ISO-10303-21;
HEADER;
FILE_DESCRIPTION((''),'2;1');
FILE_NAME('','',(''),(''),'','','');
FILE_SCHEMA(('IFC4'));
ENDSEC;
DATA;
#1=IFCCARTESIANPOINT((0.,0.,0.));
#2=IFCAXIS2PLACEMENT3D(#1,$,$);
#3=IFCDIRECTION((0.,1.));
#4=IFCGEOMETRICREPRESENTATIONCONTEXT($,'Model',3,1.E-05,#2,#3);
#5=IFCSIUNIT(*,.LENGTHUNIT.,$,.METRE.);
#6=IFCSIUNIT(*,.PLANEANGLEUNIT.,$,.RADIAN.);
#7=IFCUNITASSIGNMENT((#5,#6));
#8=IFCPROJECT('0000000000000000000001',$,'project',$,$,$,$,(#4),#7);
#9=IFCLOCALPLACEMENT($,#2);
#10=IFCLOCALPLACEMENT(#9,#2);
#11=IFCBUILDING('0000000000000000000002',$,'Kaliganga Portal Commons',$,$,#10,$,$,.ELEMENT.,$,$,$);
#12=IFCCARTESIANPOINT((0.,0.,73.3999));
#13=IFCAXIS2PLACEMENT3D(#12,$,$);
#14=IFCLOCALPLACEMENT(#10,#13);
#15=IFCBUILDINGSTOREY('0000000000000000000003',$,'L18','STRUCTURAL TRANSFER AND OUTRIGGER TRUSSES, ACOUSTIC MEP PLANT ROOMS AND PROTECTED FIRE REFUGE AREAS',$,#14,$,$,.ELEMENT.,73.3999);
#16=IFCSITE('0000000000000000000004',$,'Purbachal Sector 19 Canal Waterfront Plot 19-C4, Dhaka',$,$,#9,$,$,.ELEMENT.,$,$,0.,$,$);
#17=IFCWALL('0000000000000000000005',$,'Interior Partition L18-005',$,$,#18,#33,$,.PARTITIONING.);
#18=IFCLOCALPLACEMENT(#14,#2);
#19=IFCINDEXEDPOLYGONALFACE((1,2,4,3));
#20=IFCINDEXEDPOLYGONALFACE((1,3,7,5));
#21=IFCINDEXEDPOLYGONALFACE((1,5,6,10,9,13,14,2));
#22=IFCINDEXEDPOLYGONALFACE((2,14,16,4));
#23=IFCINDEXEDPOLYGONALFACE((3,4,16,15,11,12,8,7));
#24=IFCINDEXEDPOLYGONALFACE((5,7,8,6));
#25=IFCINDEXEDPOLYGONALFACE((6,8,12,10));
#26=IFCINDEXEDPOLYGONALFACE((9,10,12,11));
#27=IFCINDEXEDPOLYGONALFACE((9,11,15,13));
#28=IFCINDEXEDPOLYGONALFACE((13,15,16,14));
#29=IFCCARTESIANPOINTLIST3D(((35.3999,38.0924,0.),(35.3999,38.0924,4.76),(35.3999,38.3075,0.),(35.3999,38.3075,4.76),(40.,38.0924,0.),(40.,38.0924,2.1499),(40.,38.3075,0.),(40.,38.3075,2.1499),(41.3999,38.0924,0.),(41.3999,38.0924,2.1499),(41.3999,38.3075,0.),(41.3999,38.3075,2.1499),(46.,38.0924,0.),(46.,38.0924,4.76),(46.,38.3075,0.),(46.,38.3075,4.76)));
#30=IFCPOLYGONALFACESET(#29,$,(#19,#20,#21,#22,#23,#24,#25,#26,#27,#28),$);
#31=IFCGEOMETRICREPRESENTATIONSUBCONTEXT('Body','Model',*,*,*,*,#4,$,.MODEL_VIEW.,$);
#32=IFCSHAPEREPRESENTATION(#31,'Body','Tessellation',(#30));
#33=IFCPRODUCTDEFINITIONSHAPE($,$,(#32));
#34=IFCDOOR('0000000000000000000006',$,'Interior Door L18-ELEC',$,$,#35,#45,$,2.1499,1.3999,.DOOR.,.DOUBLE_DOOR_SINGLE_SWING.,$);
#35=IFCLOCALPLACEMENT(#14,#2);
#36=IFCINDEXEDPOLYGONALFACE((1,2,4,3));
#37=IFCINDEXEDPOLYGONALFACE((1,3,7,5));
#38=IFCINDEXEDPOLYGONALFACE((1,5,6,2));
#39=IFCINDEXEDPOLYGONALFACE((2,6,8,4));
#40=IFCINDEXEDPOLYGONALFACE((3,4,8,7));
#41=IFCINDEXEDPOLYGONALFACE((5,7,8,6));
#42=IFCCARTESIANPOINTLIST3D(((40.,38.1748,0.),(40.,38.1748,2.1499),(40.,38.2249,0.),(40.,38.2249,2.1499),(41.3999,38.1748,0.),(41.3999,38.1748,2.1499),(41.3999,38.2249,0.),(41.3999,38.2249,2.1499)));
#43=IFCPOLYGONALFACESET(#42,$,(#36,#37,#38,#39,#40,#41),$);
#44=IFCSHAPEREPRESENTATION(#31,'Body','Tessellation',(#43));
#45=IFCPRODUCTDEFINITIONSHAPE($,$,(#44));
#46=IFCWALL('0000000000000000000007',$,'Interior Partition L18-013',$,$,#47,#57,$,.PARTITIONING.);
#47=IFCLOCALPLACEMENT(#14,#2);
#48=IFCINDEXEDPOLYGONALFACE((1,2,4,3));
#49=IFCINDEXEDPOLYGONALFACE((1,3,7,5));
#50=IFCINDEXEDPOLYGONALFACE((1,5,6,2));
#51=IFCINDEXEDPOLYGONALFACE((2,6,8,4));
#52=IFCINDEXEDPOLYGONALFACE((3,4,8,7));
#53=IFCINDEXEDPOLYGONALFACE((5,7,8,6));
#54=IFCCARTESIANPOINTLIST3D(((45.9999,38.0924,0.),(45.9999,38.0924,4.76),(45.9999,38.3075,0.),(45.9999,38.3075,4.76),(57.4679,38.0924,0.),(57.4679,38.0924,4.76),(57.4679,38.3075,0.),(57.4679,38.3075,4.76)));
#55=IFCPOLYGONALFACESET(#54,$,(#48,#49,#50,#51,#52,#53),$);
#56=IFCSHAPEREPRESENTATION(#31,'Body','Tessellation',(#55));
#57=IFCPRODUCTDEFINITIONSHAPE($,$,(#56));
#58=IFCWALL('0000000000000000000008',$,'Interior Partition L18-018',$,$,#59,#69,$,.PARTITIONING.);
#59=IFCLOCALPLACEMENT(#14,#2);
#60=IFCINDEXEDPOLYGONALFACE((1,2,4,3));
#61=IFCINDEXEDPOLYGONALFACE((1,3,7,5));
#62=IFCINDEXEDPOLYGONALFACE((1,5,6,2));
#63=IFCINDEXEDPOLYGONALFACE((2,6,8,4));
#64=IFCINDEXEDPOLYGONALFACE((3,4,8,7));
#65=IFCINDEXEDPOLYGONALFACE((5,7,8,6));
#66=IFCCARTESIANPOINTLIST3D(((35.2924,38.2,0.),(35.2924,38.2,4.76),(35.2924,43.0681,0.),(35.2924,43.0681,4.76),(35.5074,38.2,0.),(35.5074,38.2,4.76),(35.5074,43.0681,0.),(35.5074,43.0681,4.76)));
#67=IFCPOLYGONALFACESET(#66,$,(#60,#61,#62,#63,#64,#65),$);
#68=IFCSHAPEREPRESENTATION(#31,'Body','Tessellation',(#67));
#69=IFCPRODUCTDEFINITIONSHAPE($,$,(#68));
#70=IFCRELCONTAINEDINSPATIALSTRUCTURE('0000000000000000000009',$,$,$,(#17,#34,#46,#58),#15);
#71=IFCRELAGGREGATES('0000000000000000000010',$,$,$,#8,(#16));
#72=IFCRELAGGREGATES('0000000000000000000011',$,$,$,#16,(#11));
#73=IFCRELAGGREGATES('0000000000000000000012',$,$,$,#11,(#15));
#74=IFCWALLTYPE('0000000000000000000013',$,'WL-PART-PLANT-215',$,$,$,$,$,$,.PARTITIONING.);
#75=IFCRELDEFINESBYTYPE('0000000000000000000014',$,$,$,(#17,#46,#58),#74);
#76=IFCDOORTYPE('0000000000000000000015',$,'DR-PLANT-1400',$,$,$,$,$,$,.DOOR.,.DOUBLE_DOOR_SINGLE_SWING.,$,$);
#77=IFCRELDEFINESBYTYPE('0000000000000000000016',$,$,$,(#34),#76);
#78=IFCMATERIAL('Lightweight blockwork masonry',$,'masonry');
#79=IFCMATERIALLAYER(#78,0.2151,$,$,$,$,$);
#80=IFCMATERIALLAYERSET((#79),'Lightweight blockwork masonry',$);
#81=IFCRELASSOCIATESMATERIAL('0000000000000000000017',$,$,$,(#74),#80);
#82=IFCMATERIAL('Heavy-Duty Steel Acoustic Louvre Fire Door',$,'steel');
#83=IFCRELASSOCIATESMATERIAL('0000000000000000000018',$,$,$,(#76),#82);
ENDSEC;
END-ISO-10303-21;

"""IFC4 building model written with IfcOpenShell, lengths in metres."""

from ifc_helpers import new_model, si_unit, direction, frame, frame_2d, origin, place, context, subcontext, project, spatial, rectangle, extrude, material, layer, layer_set, type_object, element, fill, save


model = new_model("IFC4")

# Units and contexts
model_context = context("Model", 3, precision=1e-05, world=origin(), true_north=direction((0.0, 1.0)))
body_context = subcontext(model_context, "Body", "Model", "MODEL_VIEW")
ifc_project = project(units=[si_unit("LENGTHUNIT", "METRE"), si_unit("PLANEANGLEUNIT", "RADIAN")], contexts=[model_context])

# Site, building, storey
site_placement = place(None, origin())
site = spatial("IfcSite", under=ifc_project, at=site_placement, Name="Purbachal Sector 19 Canal Waterfront Plot 19-C4, Dhaka", CompositionType="ELEMENT", RefElevation=0.0)
building_placement = place(site_placement, origin())
building = spatial("IfcBuilding", under=site, at=building_placement, Name="Kaliganga Portal Commons", CompositionType="ELEMENT")
storey_placement = place(building_placement, frame((0.0, 0.0, 73.3999)))
storey = spatial("IfcBuildingStorey", under=building, at=storey_placement, Name="L18", Description="STRUCTURAL TRANSFER AND OUTRIGGER TRUSSES, ACOUSTIC MEP PLANT ROOMS AND PROTECTED FIRE REFUGE AREAS", CompositionType="ELEMENT", Elevation=73.3999)

# Wall, opening, door
ifc_material_1 = material(Name="Lightweight blockwork masonry", Category="masonry")
ifc_layer_1 = layer(ifc_material_1, 0.2151)
ifc_layer_set_1 = layer_set([ifc_layer_1], Name="Lightweight blockwork masonry")
wall_type_1 = type_object("IfcWallType", Name="WL-PART-PLANT-215", PredefinedType="PARTITIONING", material=ifc_layer_set_1)
wall_1_placement = place(storey_placement, frame((35.3999, 38.2, 0.0), z_axis=(0.0, 0.0, 1.0), x_axis=(1.0, 0.0, 0.0)))
wall_1 = element("IfcWall", 1, at=wall_1_placement, inside=storey, type_object=wall_type_1, Name="Interior Partition L18-005", PredefinedType="PARTITIONING", context=body_context, shape_type="SweptSolid", body=[
    extrude(rectangle(XDim=10.6001, YDim=0.2151, at=frame_2d((5.3, 0.0))), origin(), (0.0, 0.0, 1.0), 4.76),
])
opening_placement = place(wall_1_placement, frame((4.6001, 0.0, 0.0)))
opening = element("IfcOpeningElement", 2, at=opening_placement, cuts=wall_1, PredefinedType="OPENING", context=body_context, shape_type="SweptSolid", body=[
    extrude(rectangle(XDim=1.3999, YDim=2.1499, at=frame_2d((0.7, 1.075))), frame((0.0, 0.1177, 0.0), z_axis=(0.0, -1.0, 0.0), x_axis=(1.0, 0.0, 0.0)), (0.0, 0.0, 1.0), 0.2351),
])
ifc_material_2 = material(Name="Heavy-Duty Steel Acoustic Louvre Fire Door", Category="steel")
door_type = type_object("IfcDoorType", Name="DR-PLANT-1400", OperationType="DOUBLE_DOOR_SINGLE_SWING", PredefinedType="DOOR", material=ifc_material_2)
door_placement = place(opening_placement, origin())
door = element("IfcDoor", 3, at=door_placement, inside=storey, type_object=door_type, Name="Interior Door L18-ELEC", OperationType="DOUBLE_DOOR_SINGLE_SWING", OverallHeight=2.1499, OverallWidth=1.3999, PredefinedType="DOOR", context=body_context, shape_type="SweptSolid", body=[
    extrude(rectangle(XDim=1.3999, YDim=2.1499, at=frame_2d((0.7, 1.075))), frame((0.0, 0.0249, 0.0), z_axis=(0.0, -1.0, 0.0), x_axis=(1.0, 0.0, 0.0)), (0.0, 0.0, 1.0), 0.05),
])
fill(opening, door)

# Walls
wall_2_placement = place(storey_placement, frame((46.0, 38.2, 0.0), z_axis=(0.0, 0.0, 1.0), x_axis=(1.0, 0.0, 0.0)))
element("IfcWall", 4, at=wall_2_placement, inside=storey, type_object=wall_type_1, Name="Interior Partition L18-013", PredefinedType="PARTITIONING", context=body_context, shape_type="SweptSolid", body=[
    extrude(rectangle(XDim=11.468, YDim=0.2151, at=frame_2d((5.7339, 0.0))), origin(), (0.0, 0.0, 1.0), 4.76),
])
wall_3_placement = place(storey_placement, frame((35.3999, 38.2, 0.0), z_axis=(0.0, 0.0, 1.0), x_axis=(0.0, 1.0, 0.0)))
element("IfcWall", 5, at=wall_3_placement, inside=storey, type_object=wall_type_1, Name="Interior Partition L18-018", PredefinedType="PARTITIONING", context=body_context, shape_type="SweptSolid", body=[
    extrude(rectangle(XDim=4.8682, YDim=0.2151, at=frame_2d((2.4341, 0.0))), origin(), (0.0, 0.0, 1.0), 4.76),
])

save(model, "model.ifc")
